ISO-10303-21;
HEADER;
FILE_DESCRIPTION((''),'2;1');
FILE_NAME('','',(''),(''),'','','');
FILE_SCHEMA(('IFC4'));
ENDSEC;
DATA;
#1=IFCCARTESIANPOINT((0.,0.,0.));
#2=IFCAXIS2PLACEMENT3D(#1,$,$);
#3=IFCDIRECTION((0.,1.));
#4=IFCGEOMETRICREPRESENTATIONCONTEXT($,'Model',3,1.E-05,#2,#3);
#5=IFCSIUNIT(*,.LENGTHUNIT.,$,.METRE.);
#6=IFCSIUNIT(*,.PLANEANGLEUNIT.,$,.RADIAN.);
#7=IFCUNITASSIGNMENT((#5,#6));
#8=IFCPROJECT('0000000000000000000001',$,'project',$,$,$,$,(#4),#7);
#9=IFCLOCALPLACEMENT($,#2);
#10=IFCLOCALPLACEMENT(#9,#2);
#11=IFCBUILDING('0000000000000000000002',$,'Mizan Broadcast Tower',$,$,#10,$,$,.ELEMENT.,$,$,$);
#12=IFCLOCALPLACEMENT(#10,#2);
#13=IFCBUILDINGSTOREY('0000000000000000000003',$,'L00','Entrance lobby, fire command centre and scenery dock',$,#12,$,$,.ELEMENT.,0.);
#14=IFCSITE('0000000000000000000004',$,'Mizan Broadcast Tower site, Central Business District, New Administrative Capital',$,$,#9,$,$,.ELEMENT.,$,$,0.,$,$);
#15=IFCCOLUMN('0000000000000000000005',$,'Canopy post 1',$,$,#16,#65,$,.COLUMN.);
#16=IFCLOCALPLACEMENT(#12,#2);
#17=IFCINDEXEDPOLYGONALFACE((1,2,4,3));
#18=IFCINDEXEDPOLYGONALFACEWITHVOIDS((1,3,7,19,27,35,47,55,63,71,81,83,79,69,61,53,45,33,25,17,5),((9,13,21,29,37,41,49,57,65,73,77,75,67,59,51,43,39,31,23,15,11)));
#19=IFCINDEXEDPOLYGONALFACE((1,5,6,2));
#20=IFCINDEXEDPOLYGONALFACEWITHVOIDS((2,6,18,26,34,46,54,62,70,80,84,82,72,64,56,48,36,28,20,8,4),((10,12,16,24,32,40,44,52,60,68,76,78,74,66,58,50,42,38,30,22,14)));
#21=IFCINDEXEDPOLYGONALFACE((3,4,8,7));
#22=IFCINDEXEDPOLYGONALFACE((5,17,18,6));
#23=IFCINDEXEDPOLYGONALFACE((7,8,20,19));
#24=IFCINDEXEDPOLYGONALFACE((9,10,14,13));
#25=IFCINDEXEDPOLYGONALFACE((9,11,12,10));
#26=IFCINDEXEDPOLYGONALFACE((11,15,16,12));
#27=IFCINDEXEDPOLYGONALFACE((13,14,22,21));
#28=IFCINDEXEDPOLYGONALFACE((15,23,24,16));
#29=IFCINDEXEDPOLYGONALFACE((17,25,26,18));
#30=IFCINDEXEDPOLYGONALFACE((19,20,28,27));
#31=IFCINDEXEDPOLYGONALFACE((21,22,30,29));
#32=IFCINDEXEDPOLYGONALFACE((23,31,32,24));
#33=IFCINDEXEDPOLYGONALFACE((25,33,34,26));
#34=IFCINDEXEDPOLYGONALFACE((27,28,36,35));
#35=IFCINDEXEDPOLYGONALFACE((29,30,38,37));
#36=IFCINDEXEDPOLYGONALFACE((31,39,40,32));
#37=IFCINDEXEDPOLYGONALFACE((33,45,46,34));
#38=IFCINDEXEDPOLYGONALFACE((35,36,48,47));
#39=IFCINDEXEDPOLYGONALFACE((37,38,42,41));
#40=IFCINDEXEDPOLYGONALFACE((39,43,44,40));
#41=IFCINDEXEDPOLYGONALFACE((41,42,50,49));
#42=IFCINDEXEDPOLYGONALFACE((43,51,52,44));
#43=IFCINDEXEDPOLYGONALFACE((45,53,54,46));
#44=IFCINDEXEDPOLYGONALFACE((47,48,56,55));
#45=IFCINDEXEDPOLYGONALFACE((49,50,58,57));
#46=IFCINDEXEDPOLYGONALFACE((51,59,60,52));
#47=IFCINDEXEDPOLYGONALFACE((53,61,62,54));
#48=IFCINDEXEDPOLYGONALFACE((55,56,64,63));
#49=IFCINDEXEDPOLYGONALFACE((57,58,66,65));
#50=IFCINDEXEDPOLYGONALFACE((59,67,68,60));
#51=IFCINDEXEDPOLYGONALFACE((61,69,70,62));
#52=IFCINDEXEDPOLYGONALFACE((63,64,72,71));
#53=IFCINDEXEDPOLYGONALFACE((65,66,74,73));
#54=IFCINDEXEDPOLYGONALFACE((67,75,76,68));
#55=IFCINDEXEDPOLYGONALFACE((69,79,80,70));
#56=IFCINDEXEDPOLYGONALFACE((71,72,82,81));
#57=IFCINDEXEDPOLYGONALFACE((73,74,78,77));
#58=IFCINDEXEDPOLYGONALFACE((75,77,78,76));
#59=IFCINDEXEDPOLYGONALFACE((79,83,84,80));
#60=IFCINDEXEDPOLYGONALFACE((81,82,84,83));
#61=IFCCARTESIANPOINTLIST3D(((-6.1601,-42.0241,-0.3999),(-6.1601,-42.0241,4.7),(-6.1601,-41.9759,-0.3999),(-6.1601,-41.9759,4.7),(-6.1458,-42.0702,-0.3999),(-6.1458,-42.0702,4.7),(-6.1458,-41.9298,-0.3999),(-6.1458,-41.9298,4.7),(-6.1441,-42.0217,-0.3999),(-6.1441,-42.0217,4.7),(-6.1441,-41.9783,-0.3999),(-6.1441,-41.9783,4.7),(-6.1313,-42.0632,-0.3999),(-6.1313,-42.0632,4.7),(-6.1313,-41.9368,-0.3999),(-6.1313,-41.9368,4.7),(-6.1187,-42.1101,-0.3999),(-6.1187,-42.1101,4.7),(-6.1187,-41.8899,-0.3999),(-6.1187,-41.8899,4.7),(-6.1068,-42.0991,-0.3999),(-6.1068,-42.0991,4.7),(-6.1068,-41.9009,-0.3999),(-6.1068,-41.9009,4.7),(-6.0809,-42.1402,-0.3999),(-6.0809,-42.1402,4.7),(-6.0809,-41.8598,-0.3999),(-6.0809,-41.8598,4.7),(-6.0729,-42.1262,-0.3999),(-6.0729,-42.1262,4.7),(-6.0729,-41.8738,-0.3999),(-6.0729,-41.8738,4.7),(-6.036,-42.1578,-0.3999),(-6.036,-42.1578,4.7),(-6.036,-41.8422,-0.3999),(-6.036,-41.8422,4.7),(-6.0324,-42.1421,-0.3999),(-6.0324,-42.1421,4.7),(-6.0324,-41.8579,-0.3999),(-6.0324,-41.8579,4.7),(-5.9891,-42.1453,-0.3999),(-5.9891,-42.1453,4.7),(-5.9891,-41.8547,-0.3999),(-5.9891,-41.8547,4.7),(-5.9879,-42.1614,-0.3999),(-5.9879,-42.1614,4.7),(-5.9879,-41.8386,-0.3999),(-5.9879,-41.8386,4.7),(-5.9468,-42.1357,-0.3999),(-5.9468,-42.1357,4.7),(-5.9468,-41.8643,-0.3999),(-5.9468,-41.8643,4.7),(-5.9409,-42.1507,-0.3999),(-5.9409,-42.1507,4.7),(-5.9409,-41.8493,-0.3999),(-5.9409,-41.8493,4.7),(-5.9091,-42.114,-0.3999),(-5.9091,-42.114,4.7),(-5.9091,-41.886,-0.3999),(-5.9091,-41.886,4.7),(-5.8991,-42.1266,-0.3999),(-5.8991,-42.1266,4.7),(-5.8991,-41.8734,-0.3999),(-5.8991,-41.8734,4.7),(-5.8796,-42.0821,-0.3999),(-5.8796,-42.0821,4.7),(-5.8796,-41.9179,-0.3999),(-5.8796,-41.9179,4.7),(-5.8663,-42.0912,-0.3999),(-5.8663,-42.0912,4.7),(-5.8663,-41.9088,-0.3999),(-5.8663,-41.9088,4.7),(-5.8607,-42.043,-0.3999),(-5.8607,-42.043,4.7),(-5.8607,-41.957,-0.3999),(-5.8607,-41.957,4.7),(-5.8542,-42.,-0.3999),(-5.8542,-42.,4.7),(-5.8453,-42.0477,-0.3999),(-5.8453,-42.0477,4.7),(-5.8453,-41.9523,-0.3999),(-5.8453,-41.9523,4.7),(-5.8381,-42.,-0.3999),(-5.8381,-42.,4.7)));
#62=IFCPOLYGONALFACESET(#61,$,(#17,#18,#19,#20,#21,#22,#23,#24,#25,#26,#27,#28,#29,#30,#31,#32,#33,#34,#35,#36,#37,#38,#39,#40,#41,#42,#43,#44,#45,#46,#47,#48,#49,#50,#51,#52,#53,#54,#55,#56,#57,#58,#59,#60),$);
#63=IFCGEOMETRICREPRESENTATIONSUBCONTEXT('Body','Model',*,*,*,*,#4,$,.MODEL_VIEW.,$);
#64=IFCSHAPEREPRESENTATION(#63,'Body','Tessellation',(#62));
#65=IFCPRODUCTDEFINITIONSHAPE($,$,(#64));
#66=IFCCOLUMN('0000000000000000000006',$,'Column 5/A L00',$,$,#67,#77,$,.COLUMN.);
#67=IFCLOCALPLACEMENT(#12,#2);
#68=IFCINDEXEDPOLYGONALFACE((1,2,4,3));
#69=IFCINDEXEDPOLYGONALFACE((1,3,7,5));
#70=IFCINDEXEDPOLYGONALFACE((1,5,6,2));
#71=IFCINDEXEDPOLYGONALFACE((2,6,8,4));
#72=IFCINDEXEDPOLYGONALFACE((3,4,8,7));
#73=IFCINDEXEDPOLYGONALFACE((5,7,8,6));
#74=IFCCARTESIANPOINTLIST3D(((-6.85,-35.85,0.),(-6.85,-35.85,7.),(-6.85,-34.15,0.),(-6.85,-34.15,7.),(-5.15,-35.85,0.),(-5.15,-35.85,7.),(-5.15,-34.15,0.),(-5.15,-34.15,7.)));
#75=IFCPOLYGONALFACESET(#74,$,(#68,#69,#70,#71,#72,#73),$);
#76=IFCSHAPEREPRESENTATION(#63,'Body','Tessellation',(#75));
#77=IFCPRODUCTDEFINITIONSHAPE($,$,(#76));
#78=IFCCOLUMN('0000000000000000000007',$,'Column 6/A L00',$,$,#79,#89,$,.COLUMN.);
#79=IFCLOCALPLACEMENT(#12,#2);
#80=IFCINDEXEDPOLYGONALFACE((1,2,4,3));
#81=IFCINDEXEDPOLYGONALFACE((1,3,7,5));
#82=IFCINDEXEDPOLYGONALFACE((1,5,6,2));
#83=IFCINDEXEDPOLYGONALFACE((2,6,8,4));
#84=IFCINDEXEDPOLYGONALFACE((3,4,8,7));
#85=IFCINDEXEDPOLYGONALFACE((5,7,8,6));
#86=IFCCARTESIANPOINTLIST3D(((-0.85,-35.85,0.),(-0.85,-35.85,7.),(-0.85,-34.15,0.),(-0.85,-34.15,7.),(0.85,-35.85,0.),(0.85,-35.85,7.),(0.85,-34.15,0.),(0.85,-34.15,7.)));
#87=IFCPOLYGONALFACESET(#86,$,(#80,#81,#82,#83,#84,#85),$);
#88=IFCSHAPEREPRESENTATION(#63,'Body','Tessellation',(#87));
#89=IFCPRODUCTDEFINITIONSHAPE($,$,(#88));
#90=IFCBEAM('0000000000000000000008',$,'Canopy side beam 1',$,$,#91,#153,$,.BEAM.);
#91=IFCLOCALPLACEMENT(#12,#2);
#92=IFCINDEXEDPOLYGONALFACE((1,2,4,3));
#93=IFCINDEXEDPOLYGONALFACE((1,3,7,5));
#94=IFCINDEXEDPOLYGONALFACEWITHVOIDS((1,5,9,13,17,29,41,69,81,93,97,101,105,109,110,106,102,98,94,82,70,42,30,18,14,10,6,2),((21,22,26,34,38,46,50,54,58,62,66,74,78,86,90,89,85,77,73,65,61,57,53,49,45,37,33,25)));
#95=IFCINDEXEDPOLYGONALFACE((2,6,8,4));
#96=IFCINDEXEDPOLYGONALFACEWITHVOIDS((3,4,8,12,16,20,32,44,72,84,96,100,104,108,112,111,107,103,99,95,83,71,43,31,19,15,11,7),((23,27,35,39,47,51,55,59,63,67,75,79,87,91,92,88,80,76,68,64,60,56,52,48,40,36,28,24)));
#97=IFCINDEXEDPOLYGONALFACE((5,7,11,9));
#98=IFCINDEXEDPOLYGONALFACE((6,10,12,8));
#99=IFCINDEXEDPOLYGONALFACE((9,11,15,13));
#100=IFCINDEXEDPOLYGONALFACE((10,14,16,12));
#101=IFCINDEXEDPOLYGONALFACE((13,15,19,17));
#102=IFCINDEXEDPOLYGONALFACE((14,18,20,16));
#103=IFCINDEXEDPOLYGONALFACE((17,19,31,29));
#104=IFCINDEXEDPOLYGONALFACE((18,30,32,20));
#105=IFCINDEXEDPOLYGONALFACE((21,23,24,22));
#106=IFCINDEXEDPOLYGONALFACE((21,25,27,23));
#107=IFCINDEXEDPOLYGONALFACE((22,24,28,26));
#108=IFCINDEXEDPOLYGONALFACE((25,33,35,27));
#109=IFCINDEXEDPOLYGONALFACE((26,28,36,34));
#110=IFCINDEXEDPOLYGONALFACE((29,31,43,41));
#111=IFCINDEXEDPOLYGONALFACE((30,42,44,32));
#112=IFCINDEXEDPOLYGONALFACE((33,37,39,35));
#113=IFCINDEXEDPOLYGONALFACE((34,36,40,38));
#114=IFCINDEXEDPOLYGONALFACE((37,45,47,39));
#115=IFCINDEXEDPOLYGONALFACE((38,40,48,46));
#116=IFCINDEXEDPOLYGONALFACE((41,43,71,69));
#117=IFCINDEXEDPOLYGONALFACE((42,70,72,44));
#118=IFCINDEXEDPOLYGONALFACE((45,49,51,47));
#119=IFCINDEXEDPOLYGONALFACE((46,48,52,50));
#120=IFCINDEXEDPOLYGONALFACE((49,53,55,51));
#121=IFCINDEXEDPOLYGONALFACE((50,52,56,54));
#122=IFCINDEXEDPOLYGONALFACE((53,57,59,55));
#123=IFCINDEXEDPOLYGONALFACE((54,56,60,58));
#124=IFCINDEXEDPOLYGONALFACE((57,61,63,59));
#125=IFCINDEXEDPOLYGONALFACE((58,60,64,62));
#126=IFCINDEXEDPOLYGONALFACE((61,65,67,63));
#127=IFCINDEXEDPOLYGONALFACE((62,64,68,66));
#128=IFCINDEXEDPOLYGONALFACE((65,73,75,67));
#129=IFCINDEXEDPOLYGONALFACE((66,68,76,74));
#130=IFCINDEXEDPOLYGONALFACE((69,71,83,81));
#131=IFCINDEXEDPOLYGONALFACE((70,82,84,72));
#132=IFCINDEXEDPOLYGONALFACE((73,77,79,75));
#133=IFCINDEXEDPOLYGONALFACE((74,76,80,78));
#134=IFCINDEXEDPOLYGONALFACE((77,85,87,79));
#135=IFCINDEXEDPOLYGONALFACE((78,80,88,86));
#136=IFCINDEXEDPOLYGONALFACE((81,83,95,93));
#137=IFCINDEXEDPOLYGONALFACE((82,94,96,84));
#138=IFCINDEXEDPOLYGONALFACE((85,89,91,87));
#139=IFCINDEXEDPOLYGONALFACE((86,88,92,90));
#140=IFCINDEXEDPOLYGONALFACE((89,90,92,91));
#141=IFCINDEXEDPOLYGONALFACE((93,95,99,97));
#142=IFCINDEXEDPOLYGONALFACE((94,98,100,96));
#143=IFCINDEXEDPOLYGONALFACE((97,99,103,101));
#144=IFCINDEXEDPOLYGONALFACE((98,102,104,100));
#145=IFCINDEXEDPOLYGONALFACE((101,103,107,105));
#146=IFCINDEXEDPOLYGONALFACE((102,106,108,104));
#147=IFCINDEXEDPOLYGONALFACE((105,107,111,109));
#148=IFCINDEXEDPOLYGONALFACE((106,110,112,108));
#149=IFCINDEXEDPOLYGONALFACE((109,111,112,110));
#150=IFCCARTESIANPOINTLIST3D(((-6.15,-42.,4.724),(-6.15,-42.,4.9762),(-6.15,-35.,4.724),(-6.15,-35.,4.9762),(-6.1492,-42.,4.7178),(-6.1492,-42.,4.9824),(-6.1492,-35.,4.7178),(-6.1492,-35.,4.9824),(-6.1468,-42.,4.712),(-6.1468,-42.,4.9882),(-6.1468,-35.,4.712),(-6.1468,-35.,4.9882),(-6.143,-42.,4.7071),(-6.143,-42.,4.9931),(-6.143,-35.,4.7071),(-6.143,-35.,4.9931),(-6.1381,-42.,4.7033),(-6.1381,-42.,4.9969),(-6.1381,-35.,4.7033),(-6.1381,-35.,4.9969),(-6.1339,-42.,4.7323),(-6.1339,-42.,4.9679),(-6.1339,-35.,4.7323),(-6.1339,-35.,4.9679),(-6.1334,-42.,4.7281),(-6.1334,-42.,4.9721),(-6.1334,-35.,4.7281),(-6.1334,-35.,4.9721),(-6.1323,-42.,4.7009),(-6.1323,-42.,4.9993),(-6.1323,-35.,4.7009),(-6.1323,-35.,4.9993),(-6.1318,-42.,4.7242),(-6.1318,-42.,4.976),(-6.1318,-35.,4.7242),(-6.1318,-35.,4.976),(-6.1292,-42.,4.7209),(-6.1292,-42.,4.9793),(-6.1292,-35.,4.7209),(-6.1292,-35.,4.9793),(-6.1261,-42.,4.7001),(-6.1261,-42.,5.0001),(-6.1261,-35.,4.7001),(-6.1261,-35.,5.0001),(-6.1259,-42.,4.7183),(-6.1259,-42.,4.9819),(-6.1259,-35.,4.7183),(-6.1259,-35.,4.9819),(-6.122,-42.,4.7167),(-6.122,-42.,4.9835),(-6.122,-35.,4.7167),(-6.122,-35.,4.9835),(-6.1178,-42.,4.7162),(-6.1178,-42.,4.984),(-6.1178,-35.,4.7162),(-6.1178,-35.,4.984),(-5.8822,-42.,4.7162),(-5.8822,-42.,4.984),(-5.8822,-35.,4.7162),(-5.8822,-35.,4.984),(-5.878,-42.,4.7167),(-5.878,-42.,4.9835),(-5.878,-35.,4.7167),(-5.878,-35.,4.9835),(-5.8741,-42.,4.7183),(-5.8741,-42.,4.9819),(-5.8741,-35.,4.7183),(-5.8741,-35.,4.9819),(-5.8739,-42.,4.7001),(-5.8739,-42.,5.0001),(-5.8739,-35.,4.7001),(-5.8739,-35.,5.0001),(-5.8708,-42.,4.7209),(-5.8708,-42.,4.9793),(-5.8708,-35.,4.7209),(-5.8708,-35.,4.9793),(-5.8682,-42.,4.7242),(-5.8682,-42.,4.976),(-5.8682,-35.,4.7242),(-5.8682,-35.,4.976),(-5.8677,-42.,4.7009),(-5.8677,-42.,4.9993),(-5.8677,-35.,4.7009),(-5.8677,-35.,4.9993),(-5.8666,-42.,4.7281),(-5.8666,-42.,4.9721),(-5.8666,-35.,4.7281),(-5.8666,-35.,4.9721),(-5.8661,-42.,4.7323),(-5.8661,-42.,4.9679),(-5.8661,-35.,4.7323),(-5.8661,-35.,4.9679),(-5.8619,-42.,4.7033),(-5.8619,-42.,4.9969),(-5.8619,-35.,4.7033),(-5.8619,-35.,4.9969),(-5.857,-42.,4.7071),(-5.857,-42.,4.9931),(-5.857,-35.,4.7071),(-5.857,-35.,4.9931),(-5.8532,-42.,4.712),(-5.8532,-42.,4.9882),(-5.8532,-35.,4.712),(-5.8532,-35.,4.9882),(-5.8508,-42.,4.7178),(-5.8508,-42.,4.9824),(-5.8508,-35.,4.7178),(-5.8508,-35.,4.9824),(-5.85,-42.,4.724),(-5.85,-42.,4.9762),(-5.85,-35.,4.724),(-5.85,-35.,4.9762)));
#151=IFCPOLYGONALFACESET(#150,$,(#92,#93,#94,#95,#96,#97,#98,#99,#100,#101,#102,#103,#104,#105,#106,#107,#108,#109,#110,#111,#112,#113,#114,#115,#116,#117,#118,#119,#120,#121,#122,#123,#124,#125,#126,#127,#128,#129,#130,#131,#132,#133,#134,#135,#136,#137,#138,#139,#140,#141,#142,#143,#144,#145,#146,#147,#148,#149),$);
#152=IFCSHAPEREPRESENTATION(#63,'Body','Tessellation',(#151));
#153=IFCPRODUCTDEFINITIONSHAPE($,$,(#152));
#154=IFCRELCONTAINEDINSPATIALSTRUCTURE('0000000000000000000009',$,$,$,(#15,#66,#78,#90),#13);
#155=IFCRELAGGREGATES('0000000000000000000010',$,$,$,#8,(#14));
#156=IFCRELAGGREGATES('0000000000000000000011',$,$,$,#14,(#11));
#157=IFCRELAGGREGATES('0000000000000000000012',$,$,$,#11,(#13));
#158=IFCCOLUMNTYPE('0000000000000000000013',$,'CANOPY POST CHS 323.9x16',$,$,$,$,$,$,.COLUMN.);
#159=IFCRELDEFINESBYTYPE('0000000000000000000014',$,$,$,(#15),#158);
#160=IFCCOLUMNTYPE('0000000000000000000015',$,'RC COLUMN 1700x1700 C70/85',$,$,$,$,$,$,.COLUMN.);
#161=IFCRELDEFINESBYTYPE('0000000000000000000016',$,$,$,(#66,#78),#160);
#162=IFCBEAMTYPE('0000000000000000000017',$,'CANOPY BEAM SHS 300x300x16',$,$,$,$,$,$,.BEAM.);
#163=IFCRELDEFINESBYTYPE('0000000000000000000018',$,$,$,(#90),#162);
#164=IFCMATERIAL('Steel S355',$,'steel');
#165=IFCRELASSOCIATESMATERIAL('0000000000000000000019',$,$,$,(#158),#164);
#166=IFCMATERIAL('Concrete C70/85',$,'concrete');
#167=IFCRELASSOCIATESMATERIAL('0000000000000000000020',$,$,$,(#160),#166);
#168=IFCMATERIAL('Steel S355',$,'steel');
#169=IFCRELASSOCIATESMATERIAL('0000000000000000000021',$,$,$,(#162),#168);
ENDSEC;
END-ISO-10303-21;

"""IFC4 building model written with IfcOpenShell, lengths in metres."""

from ifc_helpers import new_model, si_unit, direction, frame, origin, origin_2d, place, context, subcontext, project, spatial, rectangle, hollow_rectangle, hollow_circle, extrude, material, material_profile, profile_set, type_object, element, save


model = new_model("IFC4")

# Units and contexts
model_context = context("Model", 3, precision=1e-05, world=origin(), true_north=direction((0.0, 1.0)))
body_context = subcontext(model_context, "Body", "Model", "MODEL_VIEW")
ifc_project = project(units=[si_unit("LENGTHUNIT", "METRE"), si_unit("PLANEANGLEUNIT", "RADIAN")], contexts=[model_context])

# Site, building, storey
site_placement = place(None, origin())
site = spatial("IfcSite", under=ifc_project, at=site_placement, Name="Mizan Broadcast Tower site, Central Business District, New Administrative Capital", CompositionType="ELEMENT", RefElevation=0.0)
building_placement = place(site_placement, origin())
building = spatial("IfcBuilding", under=site, at=building_placement, Name="Mizan Broadcast Tower", CompositionType="ELEMENT")
storey_placement = place(building_placement, origin())
storey = spatial("IfcBuildingStorey", under=building, at=storey_placement, Name="L00", Description="Entrance lobby, fire command centre and scenery dock", CompositionType="ELEMENT", Elevation=0.0)

# Columns
ifc_material_1 = material(Name="Steel S355", Category="steel")
ifc_material_profile_1 = material_profile(ifc_material_1, hollow_circle(Radius=0.1619, WallThickness=0.0161, at=origin_2d()), Name="CHS 323.9x16")
ifc_profile_set_1 = profile_set([ifc_material_profile_1], Name="Steel S355")
column_type_1 = type_object("IfcColumnType", Name="CANOPY POST CHS 323.9x16", PredefinedType="COLUMN", material=ifc_profile_set_1)
column_placement = place(storey_placement, frame((-6.0, -42.0, -0.3999), z_axis=(0.0, 0.0, 1.0), x_axis=(1.0, 0.0, 0.0)))
element("IfcColumn", 1, at=column_placement, inside=storey, type_object=column_type_1, Name="Canopy post 1", PredefinedType="COLUMN", context=body_context, shape_type="SweptSolid", body=[
    extrude(hollow_circle(Radius=0.1619, WallThickness=0.0161, at=origin_2d()), origin(), (0.0, 0.0, 1.0), 5.0999),
])
ifc_material_2 = material(Name="Concrete C70/85", Category="concrete")
ifc_material_profile_2 = material_profile(ifc_material_2, rectangle(XDim=1.7, YDim=1.7, at=origin_2d()), Name="RC 1700x1700")
ifc_profile_set_2 = profile_set([ifc_material_profile_2], Name="Concrete C70/85")
column_type_2 = type_object("IfcColumnType", Name="RC COLUMN 1700x1700 C70/85", PredefinedType="COLUMN", material=ifc_profile_set_2)
for number, where, z_axis, x_axis, name in (
    (2, (-6.0, -35.0, 0.0), (0.0, 0.0, 1.0), (1.0, 0.0, 0.0), "Column 5/A L00"),
    (3, (0.0, -35.0, 0.0), (0.0, 0.0, 1.0), (1.0, 0.0, 0.0), "Column 6/A L00"),
):
    element("IfcColumn", number, at=place(storey_placement, frame(where, z_axis=z_axis, x_axis=x_axis)), inside=storey, type_object=column_type_2, Name=name, PredefinedType="COLUMN", context=body_context, shape_type="SweptSolid", body=[
        extrude(rectangle(XDim=1.7, YDim=1.7, at=origin_2d()), origin(), (0.0, 0.0, 1.0), 7.0),
    ])

# Beam
ifc_material_3 = material(Name="Steel S355", Category="steel")
ifc_material_profile_3 = material_profile(ifc_material_3, hollow_rectangle(XDim=0.3, YDim=0.3, WallThickness=0.0161, InnerFilletRadius=0.0161, OuterFilletRadius=0.0239, at=origin_2d()), Name="SHS 300x300x16")
ifc_profile_set_3 = profile_set([ifc_material_profile_3], Name="Steel S355")
beam_type = type_object("IfcBeamType", Name="CANOPY BEAM SHS 300x300x16", PredefinedType="BEAM", material=ifc_profile_set_3)
beam_placement = place(storey_placement, frame((-6.0, -35.0, 4.8501), z_axis=(0.0, -1.0, 0.0), x_axis=(1.0, 0.0, 0.0)))
element("IfcBeam", 4, at=beam_placement, inside=storey, type_object=beam_type, Name="Canopy side beam 1", PredefinedType="BEAM", context=body_context, shape_type="SweptSolid", body=[
    extrude(hollow_rectangle(XDim=0.3, YDim=0.3, WallThickness=0.0161, InnerFilletRadius=0.0161, OuterFilletRadius=0.0239, at=origin_2d()), origin(), (0.0, 0.0, 1.0), 7.0),
])

save(model, "model.ifc")
